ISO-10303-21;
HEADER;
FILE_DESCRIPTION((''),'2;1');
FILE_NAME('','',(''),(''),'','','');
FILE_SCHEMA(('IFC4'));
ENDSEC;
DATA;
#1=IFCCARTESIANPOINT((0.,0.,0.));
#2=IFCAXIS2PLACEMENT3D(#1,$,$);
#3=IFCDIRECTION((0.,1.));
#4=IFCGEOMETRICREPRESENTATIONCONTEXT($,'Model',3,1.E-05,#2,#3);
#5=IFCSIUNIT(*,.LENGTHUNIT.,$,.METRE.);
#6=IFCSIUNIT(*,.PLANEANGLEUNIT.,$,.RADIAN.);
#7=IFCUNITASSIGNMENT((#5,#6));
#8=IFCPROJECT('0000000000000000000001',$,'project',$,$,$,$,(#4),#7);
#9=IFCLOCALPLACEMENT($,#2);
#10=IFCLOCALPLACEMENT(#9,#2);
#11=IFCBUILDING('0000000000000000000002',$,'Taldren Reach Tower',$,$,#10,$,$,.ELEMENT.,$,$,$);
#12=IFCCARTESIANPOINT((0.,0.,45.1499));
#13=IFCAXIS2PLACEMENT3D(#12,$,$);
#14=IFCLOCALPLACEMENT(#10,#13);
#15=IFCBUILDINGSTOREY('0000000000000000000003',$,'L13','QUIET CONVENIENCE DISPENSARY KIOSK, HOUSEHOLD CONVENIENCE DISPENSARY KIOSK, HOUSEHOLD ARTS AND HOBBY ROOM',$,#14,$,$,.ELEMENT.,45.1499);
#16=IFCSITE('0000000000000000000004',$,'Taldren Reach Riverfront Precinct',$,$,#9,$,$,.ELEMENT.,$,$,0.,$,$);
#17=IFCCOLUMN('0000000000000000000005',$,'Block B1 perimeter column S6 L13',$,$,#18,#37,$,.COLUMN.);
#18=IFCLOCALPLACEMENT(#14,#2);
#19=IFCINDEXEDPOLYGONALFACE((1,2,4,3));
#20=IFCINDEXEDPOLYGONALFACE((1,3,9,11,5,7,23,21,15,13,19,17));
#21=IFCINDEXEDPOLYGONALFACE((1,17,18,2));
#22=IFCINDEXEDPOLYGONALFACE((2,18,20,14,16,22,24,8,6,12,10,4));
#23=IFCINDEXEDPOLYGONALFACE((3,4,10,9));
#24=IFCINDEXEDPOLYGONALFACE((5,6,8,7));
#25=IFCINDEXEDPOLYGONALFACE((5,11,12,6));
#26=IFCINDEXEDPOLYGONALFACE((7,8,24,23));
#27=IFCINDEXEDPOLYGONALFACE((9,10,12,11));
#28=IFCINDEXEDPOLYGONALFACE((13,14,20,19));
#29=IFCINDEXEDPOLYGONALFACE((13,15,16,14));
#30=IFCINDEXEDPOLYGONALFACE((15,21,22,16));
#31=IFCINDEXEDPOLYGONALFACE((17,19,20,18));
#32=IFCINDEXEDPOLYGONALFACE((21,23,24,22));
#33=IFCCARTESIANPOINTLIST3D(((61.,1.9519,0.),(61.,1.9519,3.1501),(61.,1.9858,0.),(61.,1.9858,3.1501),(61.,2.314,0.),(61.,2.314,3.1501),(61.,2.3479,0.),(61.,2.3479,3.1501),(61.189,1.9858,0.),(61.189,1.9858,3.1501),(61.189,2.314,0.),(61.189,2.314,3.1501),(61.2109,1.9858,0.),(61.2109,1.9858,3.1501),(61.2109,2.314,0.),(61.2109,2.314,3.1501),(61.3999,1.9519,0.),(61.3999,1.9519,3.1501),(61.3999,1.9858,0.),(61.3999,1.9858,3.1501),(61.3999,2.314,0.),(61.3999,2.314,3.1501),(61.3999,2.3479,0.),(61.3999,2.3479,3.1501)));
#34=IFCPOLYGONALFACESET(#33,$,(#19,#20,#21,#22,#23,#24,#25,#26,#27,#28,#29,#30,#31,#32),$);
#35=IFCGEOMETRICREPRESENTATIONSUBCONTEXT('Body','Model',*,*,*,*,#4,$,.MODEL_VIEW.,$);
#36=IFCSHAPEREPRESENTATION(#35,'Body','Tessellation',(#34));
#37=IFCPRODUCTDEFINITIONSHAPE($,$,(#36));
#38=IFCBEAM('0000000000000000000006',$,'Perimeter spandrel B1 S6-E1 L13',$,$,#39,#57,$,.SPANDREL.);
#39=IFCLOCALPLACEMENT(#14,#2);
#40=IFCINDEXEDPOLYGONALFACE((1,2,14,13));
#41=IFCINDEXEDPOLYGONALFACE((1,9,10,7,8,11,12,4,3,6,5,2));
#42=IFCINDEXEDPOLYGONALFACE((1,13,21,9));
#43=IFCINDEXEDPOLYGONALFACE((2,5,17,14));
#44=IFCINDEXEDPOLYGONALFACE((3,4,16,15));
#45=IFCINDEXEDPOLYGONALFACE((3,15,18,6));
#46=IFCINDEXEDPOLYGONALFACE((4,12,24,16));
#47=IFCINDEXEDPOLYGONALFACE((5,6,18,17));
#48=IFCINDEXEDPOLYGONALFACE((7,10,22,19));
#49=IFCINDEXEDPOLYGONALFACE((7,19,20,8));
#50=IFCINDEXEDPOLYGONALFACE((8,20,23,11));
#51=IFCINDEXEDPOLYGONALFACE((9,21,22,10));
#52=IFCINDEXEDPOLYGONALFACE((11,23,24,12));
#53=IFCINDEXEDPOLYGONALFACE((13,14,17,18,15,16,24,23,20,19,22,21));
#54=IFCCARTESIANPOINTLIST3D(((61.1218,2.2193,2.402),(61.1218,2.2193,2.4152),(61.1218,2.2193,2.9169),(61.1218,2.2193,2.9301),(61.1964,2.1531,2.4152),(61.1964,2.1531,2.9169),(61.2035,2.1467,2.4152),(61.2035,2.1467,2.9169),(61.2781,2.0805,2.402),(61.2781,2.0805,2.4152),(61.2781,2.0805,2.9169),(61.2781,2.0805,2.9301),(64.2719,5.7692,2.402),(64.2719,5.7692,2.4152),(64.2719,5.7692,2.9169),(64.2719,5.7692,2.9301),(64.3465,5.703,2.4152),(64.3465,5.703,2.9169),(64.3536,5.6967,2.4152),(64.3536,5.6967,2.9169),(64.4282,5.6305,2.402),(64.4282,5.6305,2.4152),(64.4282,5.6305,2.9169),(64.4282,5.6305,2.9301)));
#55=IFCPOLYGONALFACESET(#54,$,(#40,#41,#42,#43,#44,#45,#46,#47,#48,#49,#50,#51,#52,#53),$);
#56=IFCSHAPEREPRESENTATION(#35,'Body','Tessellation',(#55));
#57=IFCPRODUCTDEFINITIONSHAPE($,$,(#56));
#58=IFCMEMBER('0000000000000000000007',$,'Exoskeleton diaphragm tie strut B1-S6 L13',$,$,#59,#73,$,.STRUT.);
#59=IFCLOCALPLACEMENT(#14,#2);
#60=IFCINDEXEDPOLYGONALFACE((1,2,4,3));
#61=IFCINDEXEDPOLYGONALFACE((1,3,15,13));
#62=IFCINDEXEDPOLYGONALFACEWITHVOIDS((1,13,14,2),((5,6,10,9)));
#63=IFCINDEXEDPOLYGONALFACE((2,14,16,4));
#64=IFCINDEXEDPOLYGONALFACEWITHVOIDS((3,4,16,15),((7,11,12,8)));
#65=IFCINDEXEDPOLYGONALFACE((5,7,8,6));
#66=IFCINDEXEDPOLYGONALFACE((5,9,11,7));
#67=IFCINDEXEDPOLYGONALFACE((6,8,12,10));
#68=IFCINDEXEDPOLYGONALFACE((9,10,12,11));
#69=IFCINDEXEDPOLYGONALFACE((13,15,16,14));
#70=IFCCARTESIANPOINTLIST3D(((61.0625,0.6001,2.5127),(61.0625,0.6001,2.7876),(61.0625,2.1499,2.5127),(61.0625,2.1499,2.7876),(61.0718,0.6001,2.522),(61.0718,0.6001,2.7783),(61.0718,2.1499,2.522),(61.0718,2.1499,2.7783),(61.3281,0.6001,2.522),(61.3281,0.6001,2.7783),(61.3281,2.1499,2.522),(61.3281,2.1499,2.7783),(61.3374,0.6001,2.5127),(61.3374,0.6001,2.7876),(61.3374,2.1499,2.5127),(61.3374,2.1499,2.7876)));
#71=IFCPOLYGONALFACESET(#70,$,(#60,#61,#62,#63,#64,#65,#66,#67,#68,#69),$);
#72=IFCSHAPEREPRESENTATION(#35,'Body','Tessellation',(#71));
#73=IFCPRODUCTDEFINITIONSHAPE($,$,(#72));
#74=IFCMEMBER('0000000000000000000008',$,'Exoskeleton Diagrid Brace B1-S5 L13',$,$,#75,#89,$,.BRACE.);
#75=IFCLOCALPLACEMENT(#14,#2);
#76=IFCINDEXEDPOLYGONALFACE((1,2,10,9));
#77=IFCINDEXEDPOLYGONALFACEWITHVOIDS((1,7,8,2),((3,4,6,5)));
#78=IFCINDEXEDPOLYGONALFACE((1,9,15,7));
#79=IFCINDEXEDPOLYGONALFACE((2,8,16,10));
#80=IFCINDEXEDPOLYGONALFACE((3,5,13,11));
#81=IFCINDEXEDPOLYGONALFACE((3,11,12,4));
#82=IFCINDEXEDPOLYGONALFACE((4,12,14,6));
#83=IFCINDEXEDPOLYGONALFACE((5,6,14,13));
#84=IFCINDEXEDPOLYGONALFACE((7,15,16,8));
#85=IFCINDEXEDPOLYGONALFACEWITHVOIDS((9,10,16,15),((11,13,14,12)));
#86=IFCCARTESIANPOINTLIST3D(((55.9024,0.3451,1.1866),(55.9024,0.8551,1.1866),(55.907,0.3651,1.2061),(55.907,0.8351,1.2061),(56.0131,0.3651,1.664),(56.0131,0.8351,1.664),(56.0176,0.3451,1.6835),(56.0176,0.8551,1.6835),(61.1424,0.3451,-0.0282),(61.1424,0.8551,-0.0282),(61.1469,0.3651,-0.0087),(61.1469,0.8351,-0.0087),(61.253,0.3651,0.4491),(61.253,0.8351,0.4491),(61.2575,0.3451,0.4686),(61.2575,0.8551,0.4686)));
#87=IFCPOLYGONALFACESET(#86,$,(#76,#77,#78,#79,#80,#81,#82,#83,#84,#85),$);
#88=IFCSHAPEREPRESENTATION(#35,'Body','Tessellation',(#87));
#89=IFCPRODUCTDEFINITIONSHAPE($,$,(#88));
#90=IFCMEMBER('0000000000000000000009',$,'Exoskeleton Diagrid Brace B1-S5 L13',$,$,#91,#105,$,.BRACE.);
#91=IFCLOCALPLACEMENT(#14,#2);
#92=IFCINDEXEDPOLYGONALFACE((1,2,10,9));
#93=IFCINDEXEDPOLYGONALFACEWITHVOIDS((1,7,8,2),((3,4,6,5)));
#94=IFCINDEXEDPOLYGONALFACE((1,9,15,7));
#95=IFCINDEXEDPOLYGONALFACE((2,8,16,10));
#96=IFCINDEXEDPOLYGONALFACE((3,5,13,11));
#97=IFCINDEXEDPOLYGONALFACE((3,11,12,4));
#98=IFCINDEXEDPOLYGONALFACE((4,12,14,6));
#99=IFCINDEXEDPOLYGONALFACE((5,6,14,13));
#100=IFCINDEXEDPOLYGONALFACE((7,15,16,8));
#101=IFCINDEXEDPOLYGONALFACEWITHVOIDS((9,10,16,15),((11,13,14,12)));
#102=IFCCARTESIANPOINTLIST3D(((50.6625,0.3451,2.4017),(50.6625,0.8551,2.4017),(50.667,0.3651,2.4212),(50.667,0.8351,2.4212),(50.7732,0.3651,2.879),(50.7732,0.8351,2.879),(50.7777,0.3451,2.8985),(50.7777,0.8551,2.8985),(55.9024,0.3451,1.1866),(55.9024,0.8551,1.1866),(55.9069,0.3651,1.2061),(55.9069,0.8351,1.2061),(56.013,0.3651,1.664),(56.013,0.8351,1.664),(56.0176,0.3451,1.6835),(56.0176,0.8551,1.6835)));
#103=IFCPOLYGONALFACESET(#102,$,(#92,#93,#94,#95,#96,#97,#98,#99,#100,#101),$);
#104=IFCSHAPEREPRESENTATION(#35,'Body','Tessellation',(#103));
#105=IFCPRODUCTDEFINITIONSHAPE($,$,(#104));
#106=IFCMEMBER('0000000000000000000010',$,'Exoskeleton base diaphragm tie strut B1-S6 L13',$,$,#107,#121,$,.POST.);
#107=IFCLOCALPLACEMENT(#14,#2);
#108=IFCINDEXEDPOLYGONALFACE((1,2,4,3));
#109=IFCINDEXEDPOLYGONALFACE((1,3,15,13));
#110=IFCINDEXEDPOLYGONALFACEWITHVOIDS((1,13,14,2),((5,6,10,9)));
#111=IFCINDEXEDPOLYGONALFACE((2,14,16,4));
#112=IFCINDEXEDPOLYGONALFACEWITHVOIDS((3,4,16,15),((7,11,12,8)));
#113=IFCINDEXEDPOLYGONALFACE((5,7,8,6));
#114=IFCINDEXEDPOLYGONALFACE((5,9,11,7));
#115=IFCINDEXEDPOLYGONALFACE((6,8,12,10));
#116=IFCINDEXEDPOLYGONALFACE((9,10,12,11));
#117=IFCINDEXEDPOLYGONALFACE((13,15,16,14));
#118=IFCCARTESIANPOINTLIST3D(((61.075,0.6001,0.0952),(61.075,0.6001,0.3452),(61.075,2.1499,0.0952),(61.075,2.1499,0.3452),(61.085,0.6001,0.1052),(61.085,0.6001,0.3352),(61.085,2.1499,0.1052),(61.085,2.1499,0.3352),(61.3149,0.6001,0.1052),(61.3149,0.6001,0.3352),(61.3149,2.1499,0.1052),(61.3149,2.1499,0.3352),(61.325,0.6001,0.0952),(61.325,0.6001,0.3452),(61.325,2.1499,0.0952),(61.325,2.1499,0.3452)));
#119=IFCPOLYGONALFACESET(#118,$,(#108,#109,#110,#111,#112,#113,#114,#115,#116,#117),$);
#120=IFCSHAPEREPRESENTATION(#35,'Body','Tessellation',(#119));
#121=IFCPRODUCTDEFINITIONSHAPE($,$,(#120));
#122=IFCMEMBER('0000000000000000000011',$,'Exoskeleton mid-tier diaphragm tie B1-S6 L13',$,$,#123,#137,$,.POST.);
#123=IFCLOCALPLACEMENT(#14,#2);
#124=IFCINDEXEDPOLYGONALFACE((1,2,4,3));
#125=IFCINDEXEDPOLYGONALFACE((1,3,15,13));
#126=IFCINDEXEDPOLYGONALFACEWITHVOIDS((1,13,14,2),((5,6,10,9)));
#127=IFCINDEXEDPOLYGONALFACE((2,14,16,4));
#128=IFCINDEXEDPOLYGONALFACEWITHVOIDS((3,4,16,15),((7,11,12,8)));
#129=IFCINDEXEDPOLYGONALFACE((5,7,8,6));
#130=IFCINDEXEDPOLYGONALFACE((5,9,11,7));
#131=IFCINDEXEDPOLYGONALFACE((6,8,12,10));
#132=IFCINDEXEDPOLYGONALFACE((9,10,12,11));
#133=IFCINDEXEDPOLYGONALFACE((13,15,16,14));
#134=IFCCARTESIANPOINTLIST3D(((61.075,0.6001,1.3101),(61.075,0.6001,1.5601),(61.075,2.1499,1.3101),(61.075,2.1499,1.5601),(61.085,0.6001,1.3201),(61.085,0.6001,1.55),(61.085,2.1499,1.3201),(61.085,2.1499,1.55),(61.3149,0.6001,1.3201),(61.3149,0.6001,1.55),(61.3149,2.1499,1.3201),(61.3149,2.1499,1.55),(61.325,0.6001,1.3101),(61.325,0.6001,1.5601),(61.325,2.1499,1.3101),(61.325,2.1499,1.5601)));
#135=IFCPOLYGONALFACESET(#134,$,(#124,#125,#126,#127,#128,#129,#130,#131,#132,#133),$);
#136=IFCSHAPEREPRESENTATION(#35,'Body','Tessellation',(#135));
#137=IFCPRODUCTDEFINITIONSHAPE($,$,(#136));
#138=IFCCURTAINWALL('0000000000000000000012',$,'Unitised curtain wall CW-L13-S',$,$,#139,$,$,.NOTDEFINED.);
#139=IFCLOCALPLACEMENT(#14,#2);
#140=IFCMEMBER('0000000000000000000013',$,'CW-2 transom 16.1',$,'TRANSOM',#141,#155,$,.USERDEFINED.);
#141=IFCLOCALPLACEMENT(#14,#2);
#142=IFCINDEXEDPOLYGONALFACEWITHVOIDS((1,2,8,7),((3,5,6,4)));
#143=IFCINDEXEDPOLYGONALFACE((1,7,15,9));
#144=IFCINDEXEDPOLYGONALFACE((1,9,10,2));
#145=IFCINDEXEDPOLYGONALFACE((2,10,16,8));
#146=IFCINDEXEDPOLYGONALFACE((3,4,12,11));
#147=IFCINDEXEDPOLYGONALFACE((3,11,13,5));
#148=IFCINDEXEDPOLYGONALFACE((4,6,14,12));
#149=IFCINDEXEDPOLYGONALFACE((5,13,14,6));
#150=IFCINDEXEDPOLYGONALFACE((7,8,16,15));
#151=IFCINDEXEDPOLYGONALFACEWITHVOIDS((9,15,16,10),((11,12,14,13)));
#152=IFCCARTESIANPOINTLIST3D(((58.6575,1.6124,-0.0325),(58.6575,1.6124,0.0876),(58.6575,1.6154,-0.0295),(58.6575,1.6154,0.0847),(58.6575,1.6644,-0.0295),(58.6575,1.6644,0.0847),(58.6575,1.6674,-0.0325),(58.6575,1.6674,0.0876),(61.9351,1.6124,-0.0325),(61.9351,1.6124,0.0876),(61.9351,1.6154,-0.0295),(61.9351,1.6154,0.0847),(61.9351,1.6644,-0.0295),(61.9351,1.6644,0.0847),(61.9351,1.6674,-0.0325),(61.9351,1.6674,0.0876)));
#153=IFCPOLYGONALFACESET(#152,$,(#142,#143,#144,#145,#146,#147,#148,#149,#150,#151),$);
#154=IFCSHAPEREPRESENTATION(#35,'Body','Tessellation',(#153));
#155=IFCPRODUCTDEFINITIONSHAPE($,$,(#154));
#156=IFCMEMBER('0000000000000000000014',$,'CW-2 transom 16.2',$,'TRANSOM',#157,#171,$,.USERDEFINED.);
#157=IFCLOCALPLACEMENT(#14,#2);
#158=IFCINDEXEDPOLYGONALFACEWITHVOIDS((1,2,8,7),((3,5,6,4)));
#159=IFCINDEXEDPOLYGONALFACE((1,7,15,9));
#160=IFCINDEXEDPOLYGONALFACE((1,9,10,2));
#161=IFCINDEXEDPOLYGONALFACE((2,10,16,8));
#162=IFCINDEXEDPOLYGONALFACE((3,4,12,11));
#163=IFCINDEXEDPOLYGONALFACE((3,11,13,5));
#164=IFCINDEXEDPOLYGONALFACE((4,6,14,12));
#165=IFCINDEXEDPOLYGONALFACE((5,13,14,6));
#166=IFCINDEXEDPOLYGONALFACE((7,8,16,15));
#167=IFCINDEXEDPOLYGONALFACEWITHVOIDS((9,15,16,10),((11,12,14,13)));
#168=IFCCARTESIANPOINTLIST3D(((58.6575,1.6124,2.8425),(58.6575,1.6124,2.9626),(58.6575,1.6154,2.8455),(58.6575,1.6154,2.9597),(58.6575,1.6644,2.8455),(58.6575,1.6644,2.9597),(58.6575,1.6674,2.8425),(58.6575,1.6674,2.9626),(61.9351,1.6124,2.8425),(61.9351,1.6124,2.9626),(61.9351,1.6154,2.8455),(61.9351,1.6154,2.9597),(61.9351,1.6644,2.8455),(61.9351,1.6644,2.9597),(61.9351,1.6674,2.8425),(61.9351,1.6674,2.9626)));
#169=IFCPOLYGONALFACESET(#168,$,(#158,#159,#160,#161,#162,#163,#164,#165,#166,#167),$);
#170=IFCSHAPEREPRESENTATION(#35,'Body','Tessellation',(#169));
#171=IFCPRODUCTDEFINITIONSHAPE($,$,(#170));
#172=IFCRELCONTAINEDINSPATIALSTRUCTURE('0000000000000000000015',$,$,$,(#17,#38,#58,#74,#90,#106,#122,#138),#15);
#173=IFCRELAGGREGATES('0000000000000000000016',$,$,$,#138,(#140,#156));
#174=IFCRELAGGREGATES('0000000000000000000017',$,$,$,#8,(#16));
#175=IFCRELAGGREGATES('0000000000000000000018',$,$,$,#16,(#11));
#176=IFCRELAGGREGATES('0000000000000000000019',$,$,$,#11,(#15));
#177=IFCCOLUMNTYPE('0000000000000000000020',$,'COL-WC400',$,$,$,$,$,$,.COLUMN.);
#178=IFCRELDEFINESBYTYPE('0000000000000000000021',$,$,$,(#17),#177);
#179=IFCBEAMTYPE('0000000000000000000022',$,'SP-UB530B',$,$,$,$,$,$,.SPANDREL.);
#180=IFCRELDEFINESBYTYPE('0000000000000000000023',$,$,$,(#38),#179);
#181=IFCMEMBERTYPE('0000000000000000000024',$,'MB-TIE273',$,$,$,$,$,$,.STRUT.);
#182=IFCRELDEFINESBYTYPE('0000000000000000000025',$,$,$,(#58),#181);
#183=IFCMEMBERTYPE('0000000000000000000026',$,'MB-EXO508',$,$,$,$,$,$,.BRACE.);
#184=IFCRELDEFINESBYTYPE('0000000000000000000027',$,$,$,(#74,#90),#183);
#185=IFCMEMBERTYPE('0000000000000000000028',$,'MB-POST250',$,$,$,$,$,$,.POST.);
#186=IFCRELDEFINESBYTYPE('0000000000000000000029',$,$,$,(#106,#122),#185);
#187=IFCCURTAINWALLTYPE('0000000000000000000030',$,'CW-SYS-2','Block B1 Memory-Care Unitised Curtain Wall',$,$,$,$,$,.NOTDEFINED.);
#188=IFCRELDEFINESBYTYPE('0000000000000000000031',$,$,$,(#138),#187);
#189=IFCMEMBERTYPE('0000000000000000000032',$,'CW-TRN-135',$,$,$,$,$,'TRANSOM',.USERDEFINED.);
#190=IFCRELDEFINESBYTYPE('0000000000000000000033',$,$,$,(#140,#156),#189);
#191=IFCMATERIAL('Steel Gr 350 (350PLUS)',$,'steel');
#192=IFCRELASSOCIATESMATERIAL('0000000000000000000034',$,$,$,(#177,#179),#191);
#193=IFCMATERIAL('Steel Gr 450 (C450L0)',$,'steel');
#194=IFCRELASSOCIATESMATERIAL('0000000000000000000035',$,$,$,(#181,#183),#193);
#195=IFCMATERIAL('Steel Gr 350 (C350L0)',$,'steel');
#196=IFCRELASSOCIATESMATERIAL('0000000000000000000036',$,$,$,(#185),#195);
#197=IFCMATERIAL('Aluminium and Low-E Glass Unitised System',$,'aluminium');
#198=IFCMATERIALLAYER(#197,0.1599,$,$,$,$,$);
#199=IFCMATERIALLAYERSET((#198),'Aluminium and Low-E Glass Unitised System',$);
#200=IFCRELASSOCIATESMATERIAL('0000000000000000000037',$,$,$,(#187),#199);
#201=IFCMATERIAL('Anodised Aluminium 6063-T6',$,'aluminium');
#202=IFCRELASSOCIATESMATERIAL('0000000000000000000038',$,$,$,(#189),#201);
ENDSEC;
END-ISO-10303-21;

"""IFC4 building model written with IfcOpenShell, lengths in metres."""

from ifc_helpers import new_model, si_unit, direction, frame, origin, origin_2d, place, context, subcontext, project, spatial, hollow_rectangle, i_section, extrude, source, transform, mapped, material, layer, layer_set, material_profile, profile_set, type_object, element, aggregate, save


model = new_model("IFC4")

# Units and contexts
model_context = context("Model", 3, precision=1e-05, world=origin(), true_north=direction((0.0, 1.0)))
body_context = subcontext(model_context, "Body", "Model", "MODEL_VIEW")
ifc_project = project(units=[si_unit("LENGTHUNIT", "METRE"), si_unit("PLANEANGLEUNIT", "RADIAN")], contexts=[model_context])

# Site, building, storey
site_placement = place(None, origin())
site = spatial("IfcSite", under=ifc_project, at=site_placement, Name="Taldren Reach Riverfront Precinct", CompositionType="ELEMENT", RefElevation=0.0)
building_placement = place(site_placement, origin())
building = spatial("IfcBuilding", under=site, at=building_placement, Name="Taldren Reach Tower", CompositionType="ELEMENT")
storey_placement = place(building_placement, frame((0.0, 0.0, 45.1499)))
storey = spatial("IfcBuildingStorey", under=building, at=storey_placement, Name="L13", Description="QUIET CONVENIENCE DISPENSARY KIOSK, HOUSEHOLD CONVENIENCE DISPENSARY KIOSK, HOUSEHOLD ARTS AND HOBBY ROOM", CompositionType="ELEMENT", Elevation=45.1499)

# Column
ifc_material_1 = material(Name="Steel Gr 350 (350PLUS)", Category="steel")
ifc_material_profile_1 = material_profile(ifc_material_1, i_section(OverallWidth=0.3999, OverallDepth=0.396, WebThickness=0.022, FlangeThickness=0.0339, at=origin_2d()), Name="400WC270")
ifc_profile_set_1 = profile_set([ifc_material_profile_1], Name="Steel Gr 350 (350PLUS)")
column_type = type_object("IfcColumnType", Name="COL-WC400", PredefinedType="COLUMN", material=ifc_profile_set_1)
shared_shape_1 = source(origin(), body_context, "Body", "SweptSolid", [
    extrude(i_section(OverallWidth=0.3999, OverallDepth=0.396, WebThickness=0.022, FlangeThickness=0.0339, at=origin_2d()), origin(), (0.0, 0.0, 1.0), 3.1501),
])
column_placement = place(storey_placement, frame((61.2, 2.1499, 0.0), z_axis=(0.0, 0.0, 1.0), x_axis=(1.0, 0.0, 0.0)))
element("IfcColumn", 1, at=column_placement, inside=storey, type_object=column_type, Name="Block B1 perimeter column S6 L13", PredefinedType="COLUMN", context=body_context, shape_type="MappedRepresentation", body=[
    mapped(shared_shape_1, transform((0.0, 0.0, 0.0), scale=1.0)),
])

# Beam
ifc_material_profile_2 = material_profile(ifc_material_1, i_section(OverallWidth=0.209, OverallDepth=0.5281, WebThickness=0.0095, FlangeThickness=0.0132, at=origin_2d()), Name="530UB82.0")
ifc_profile_set_2 = profile_set([ifc_material_profile_2], Name="Steel Gr 350 (350PLUS)")
beam_type = type_object("IfcBeamType", Name="SP-UB530B", PredefinedType="SPANDREL", material=ifc_profile_set_2)
shared_shape_2 = source(origin(), body_context, "Body", "SweptSolid", [
    extrude(i_section(OverallWidth=0.209, OverallDepth=0.5281, WebThickness=0.0095, FlangeThickness=0.0132, at=origin_2d()), origin(), (0.0, 0.0, 1.0), 4.7461),
])
beam_placement = place(storey_placement, frame((61.2, 2.1499, 2.666), z_axis=(0.663722, 0.747979, 0.0), x_axis=(-0.747979, 0.663722, 0.0)))
element("IfcBeam", 2, at=beam_placement, inside=storey, type_object=beam_type, Name="Perimeter spandrel B1 S6-E1 L13", PredefinedType="SPANDREL", context=body_context, shape_type="MappedRepresentation", body=[
    mapped(shared_shape_2, transform((0.0, 0.0, 0.0), scale=1.0)),
])

# Members
ifc_material_2 = material(Name="Steel Gr 450 (C450L0)", Category="steel")
ifc_material_profile_3 = material_profile(ifc_material_2, hollow_rectangle(XDim=0.2749, YDim=0.2749, WallThickness=0.0093, at=origin_2d()), Name="275x275x9.3SHS")
ifc_profile_set_3 = profile_set([ifc_material_profile_3], Name="Steel Gr 450 (C450L0)")
member_type_1 = type_object("IfcMemberType", Name="MB-TIE273", PredefinedType="STRUT", material=ifc_profile_set_3)
shared_shape_3 = source(origin(), body_context, "Body", "SweptSolid", [
    extrude(hollow_rectangle(XDim=0.2749, YDim=0.2749, WallThickness=0.0093, at=origin_2d()), origin(), (0.0, 0.0, 1.0), 1.5498),
])
member_1_placement = place(storey_placement, frame((61.2, 2.1499, 2.6501), z_axis=(0.0, -1.0, 0.0), x_axis=(1.0, 0.0, 0.0)))
element("IfcMember", 3, at=member_1_placement, inside=storey, type_object=member_type_1, Name="Exoskeleton diaphragm tie strut B1-S6 L13", PredefinedType="STRUT", context=body_context, shape_type="MappedRepresentation", body=[
    mapped(shared_shape_3, transform((0.0, 0.0, 0.0), scale=1.0)),
])
ifc_material_profile_4 = material_profile(ifc_material_2, hollow_rectangle(XDim=0.51, YDim=0.51, WallThickness=0.02, at=origin_2d()), Name="510x510x20.0SHS")
ifc_profile_set_4 = profile_set([ifc_material_profile_4], Name="Steel Gr 450 (C450L0)")
member_type_2 = type_object("IfcMemberType", Name="MB-EXO508", PredefinedType="BRACE", material=ifc_profile_set_4)
shared_shape_4 = source(origin(), body_context, "Body", "SweptSolid", [
    extrude(hollow_rectangle(XDim=0.51, YDim=0.51, WallThickness=0.02, at=origin_2d()), origin(), (0.0, 0.0, 1.0), 5.3789),
])
for number, where, z_axis, x_axis, name in (
    (4, (61.2, 0.6001, 0.2202), (-0.974162, 0.0, 0.225851), (0.0, -1.0, 0.0), "Exoskeleton Diagrid Brace B1-S5 L13"),
    (5, (55.96, 0.6001, 1.4351), (-0.974152, 0.0, 0.225894), (0.0, -1.0, 0.0), "Exoskeleton Diagrid Brace B1-S5 L13"),
):
    element("IfcMember", number, at=place(storey_placement, frame(where, z_axis=z_axis, x_axis=x_axis)), inside=storey, type_object=member_type_2, Name=name, PredefinedType="BRACE", context=body_context, shape_type="MappedRepresentation", body=[
        mapped(shared_shape_4, transform((0.0, 0.0, 0.0), scale=1.0)),
    ])
ifc_material_3 = material(Name="Steel Gr 350 (C350L0)", Category="steel")
ifc_material_profile_5 = material_profile(ifc_material_3, hollow_rectangle(XDim=0.25, YDim=0.25, WallThickness=0.01, at=origin_2d()), Name="250x250x10.0SHS")
ifc_profile_set_5 = profile_set([ifc_material_profile_5], Name="Steel Gr 350 (C350L0)")
member_type_3 = type_object("IfcMemberType", Name="MB-POST250", PredefinedType="POST", material=ifc_profile_set_5)
shared_shape_5 = source(origin(), body_context, "Body", "SweptSolid", [
    extrude(hollow_rectangle(XDim=0.25, YDim=0.25, WallThickness=0.01, at=origin_2d()), origin(), (0.0, 0.0, 1.0), 1.5498),
])
for number, where, z_axis, x_axis, name in (
    (6, (61.2, 2.1499, 0.2202), (0.0, -1.0, 0.0), (1.0, 0.0, 0.0), "Exoskeleton base diaphragm tie strut B1-S6 L13"),
    (7, (61.2, 2.1499, 1.4351), (0.0, -1.0, 0.0), (1.0, 0.0, 0.0), "Exoskeleton mid-tier diaphragm tie B1-S6 L13"),
):
    element("IfcMember", number, at=place(storey_placement, frame(where, z_axis=z_axis, x_axis=x_axis)), inside=storey, type_object=member_type_3, Name=name, PredefinedType="POST", context=body_context, shape_type="MappedRepresentation", body=[
        mapped(shared_shape_5, transform((0.0, 0.0, 0.0), scale=1.0)),
    ])

# Curtain wall, members
ifc_material_4 = material(Name="Aluminium and Low-E Glass Unitised System", Category="aluminium")
ifc_layer_1 = layer(ifc_material_4, 0.1599)
ifc_layer_set_1 = layer_set([ifc_layer_1], Name="Aluminium and Low-E Glass Unitised System")
curtain_wall_type = type_object("IfcCurtainWallType", Name="CW-SYS-2", Description="Block B1 Memory-Care Unitised Curtain Wall", PredefinedType="NOTDEFINED", material=ifc_layer_set_1)
curtain_wall_placement = place(storey_placement, origin())
curtain_wall = element("IfcCurtainWall", 8, at=curtain_wall_placement, inside=storey, type_object=curtain_wall_type, Name="Unitised curtain wall CW-L13-S", PredefinedType="NOTDEFINED")
ifc_material_5 = material(Name="Anodised Aluminium 6063-T6", Category="aluminium")
ifc_material_profile_6 = material_profile(ifc_material_5, hollow_rectangle(XDim=0.0549, YDim=0.1201, WallThickness=0.0029, at=origin_2d()), Name="ALU-120x55x3RHS")
ifc_profile_set_6 = profile_set([ifc_material_profile_6], Name="Anodised Aluminium 6063-T6")
member_type_4 = type_object("IfcMemberType", Name="CW-TRN-135", ElementType="TRANSOM", PredefinedType="USERDEFINED", material=ifc_profile_set_6)
shared_shape_6 = source(origin(), body_context, "Body", "SweptSolid", [
    extrude(hollow_rectangle(XDim=0.0549, YDim=0.1201, WallThickness=0.0029, at=origin_2d()), origin(), (0.0, 0.0, 1.0), 3.2776),
])
member_2_placement = place(storey_placement, frame((58.6575, 1.6399, 0.0276), z_axis=(1.0, 0.0, 0.0), x_axis=(0.0, 1.0, 0.0)))
member_2 = element("IfcMember", 9, at=member_2_placement, type_object=member_type_4, Name="CW-2 transom 16.1", ObjectType="TRANSOM", PredefinedType="USERDEFINED", context=body_context, shape_type="MappedRepresentation", body=[
    mapped(shared_shape_6, transform((0.0, 0.0, 0.0), scale=1.0)),
])
member_3_placement = place(storey_placement, frame((58.6575, 1.6399, 2.9026), z_axis=(1.0, 0.0, 0.0), x_axis=(0.0, 1.0, 0.0)))
member_3 = element("IfcMember", 10, at=member_3_placement, type_object=member_type_4, Name="CW-2 transom 16.2", ObjectType="TRANSOM", PredefinedType="USERDEFINED", context=body_context, shape_type="MappedRepresentation", body=[
    mapped(shared_shape_6, transform((0.0, 0.0, 0.0), scale=1.0)),
])

aggregate(curtain_wall, [member_2, member_3])

save(model, "model.ifc")
